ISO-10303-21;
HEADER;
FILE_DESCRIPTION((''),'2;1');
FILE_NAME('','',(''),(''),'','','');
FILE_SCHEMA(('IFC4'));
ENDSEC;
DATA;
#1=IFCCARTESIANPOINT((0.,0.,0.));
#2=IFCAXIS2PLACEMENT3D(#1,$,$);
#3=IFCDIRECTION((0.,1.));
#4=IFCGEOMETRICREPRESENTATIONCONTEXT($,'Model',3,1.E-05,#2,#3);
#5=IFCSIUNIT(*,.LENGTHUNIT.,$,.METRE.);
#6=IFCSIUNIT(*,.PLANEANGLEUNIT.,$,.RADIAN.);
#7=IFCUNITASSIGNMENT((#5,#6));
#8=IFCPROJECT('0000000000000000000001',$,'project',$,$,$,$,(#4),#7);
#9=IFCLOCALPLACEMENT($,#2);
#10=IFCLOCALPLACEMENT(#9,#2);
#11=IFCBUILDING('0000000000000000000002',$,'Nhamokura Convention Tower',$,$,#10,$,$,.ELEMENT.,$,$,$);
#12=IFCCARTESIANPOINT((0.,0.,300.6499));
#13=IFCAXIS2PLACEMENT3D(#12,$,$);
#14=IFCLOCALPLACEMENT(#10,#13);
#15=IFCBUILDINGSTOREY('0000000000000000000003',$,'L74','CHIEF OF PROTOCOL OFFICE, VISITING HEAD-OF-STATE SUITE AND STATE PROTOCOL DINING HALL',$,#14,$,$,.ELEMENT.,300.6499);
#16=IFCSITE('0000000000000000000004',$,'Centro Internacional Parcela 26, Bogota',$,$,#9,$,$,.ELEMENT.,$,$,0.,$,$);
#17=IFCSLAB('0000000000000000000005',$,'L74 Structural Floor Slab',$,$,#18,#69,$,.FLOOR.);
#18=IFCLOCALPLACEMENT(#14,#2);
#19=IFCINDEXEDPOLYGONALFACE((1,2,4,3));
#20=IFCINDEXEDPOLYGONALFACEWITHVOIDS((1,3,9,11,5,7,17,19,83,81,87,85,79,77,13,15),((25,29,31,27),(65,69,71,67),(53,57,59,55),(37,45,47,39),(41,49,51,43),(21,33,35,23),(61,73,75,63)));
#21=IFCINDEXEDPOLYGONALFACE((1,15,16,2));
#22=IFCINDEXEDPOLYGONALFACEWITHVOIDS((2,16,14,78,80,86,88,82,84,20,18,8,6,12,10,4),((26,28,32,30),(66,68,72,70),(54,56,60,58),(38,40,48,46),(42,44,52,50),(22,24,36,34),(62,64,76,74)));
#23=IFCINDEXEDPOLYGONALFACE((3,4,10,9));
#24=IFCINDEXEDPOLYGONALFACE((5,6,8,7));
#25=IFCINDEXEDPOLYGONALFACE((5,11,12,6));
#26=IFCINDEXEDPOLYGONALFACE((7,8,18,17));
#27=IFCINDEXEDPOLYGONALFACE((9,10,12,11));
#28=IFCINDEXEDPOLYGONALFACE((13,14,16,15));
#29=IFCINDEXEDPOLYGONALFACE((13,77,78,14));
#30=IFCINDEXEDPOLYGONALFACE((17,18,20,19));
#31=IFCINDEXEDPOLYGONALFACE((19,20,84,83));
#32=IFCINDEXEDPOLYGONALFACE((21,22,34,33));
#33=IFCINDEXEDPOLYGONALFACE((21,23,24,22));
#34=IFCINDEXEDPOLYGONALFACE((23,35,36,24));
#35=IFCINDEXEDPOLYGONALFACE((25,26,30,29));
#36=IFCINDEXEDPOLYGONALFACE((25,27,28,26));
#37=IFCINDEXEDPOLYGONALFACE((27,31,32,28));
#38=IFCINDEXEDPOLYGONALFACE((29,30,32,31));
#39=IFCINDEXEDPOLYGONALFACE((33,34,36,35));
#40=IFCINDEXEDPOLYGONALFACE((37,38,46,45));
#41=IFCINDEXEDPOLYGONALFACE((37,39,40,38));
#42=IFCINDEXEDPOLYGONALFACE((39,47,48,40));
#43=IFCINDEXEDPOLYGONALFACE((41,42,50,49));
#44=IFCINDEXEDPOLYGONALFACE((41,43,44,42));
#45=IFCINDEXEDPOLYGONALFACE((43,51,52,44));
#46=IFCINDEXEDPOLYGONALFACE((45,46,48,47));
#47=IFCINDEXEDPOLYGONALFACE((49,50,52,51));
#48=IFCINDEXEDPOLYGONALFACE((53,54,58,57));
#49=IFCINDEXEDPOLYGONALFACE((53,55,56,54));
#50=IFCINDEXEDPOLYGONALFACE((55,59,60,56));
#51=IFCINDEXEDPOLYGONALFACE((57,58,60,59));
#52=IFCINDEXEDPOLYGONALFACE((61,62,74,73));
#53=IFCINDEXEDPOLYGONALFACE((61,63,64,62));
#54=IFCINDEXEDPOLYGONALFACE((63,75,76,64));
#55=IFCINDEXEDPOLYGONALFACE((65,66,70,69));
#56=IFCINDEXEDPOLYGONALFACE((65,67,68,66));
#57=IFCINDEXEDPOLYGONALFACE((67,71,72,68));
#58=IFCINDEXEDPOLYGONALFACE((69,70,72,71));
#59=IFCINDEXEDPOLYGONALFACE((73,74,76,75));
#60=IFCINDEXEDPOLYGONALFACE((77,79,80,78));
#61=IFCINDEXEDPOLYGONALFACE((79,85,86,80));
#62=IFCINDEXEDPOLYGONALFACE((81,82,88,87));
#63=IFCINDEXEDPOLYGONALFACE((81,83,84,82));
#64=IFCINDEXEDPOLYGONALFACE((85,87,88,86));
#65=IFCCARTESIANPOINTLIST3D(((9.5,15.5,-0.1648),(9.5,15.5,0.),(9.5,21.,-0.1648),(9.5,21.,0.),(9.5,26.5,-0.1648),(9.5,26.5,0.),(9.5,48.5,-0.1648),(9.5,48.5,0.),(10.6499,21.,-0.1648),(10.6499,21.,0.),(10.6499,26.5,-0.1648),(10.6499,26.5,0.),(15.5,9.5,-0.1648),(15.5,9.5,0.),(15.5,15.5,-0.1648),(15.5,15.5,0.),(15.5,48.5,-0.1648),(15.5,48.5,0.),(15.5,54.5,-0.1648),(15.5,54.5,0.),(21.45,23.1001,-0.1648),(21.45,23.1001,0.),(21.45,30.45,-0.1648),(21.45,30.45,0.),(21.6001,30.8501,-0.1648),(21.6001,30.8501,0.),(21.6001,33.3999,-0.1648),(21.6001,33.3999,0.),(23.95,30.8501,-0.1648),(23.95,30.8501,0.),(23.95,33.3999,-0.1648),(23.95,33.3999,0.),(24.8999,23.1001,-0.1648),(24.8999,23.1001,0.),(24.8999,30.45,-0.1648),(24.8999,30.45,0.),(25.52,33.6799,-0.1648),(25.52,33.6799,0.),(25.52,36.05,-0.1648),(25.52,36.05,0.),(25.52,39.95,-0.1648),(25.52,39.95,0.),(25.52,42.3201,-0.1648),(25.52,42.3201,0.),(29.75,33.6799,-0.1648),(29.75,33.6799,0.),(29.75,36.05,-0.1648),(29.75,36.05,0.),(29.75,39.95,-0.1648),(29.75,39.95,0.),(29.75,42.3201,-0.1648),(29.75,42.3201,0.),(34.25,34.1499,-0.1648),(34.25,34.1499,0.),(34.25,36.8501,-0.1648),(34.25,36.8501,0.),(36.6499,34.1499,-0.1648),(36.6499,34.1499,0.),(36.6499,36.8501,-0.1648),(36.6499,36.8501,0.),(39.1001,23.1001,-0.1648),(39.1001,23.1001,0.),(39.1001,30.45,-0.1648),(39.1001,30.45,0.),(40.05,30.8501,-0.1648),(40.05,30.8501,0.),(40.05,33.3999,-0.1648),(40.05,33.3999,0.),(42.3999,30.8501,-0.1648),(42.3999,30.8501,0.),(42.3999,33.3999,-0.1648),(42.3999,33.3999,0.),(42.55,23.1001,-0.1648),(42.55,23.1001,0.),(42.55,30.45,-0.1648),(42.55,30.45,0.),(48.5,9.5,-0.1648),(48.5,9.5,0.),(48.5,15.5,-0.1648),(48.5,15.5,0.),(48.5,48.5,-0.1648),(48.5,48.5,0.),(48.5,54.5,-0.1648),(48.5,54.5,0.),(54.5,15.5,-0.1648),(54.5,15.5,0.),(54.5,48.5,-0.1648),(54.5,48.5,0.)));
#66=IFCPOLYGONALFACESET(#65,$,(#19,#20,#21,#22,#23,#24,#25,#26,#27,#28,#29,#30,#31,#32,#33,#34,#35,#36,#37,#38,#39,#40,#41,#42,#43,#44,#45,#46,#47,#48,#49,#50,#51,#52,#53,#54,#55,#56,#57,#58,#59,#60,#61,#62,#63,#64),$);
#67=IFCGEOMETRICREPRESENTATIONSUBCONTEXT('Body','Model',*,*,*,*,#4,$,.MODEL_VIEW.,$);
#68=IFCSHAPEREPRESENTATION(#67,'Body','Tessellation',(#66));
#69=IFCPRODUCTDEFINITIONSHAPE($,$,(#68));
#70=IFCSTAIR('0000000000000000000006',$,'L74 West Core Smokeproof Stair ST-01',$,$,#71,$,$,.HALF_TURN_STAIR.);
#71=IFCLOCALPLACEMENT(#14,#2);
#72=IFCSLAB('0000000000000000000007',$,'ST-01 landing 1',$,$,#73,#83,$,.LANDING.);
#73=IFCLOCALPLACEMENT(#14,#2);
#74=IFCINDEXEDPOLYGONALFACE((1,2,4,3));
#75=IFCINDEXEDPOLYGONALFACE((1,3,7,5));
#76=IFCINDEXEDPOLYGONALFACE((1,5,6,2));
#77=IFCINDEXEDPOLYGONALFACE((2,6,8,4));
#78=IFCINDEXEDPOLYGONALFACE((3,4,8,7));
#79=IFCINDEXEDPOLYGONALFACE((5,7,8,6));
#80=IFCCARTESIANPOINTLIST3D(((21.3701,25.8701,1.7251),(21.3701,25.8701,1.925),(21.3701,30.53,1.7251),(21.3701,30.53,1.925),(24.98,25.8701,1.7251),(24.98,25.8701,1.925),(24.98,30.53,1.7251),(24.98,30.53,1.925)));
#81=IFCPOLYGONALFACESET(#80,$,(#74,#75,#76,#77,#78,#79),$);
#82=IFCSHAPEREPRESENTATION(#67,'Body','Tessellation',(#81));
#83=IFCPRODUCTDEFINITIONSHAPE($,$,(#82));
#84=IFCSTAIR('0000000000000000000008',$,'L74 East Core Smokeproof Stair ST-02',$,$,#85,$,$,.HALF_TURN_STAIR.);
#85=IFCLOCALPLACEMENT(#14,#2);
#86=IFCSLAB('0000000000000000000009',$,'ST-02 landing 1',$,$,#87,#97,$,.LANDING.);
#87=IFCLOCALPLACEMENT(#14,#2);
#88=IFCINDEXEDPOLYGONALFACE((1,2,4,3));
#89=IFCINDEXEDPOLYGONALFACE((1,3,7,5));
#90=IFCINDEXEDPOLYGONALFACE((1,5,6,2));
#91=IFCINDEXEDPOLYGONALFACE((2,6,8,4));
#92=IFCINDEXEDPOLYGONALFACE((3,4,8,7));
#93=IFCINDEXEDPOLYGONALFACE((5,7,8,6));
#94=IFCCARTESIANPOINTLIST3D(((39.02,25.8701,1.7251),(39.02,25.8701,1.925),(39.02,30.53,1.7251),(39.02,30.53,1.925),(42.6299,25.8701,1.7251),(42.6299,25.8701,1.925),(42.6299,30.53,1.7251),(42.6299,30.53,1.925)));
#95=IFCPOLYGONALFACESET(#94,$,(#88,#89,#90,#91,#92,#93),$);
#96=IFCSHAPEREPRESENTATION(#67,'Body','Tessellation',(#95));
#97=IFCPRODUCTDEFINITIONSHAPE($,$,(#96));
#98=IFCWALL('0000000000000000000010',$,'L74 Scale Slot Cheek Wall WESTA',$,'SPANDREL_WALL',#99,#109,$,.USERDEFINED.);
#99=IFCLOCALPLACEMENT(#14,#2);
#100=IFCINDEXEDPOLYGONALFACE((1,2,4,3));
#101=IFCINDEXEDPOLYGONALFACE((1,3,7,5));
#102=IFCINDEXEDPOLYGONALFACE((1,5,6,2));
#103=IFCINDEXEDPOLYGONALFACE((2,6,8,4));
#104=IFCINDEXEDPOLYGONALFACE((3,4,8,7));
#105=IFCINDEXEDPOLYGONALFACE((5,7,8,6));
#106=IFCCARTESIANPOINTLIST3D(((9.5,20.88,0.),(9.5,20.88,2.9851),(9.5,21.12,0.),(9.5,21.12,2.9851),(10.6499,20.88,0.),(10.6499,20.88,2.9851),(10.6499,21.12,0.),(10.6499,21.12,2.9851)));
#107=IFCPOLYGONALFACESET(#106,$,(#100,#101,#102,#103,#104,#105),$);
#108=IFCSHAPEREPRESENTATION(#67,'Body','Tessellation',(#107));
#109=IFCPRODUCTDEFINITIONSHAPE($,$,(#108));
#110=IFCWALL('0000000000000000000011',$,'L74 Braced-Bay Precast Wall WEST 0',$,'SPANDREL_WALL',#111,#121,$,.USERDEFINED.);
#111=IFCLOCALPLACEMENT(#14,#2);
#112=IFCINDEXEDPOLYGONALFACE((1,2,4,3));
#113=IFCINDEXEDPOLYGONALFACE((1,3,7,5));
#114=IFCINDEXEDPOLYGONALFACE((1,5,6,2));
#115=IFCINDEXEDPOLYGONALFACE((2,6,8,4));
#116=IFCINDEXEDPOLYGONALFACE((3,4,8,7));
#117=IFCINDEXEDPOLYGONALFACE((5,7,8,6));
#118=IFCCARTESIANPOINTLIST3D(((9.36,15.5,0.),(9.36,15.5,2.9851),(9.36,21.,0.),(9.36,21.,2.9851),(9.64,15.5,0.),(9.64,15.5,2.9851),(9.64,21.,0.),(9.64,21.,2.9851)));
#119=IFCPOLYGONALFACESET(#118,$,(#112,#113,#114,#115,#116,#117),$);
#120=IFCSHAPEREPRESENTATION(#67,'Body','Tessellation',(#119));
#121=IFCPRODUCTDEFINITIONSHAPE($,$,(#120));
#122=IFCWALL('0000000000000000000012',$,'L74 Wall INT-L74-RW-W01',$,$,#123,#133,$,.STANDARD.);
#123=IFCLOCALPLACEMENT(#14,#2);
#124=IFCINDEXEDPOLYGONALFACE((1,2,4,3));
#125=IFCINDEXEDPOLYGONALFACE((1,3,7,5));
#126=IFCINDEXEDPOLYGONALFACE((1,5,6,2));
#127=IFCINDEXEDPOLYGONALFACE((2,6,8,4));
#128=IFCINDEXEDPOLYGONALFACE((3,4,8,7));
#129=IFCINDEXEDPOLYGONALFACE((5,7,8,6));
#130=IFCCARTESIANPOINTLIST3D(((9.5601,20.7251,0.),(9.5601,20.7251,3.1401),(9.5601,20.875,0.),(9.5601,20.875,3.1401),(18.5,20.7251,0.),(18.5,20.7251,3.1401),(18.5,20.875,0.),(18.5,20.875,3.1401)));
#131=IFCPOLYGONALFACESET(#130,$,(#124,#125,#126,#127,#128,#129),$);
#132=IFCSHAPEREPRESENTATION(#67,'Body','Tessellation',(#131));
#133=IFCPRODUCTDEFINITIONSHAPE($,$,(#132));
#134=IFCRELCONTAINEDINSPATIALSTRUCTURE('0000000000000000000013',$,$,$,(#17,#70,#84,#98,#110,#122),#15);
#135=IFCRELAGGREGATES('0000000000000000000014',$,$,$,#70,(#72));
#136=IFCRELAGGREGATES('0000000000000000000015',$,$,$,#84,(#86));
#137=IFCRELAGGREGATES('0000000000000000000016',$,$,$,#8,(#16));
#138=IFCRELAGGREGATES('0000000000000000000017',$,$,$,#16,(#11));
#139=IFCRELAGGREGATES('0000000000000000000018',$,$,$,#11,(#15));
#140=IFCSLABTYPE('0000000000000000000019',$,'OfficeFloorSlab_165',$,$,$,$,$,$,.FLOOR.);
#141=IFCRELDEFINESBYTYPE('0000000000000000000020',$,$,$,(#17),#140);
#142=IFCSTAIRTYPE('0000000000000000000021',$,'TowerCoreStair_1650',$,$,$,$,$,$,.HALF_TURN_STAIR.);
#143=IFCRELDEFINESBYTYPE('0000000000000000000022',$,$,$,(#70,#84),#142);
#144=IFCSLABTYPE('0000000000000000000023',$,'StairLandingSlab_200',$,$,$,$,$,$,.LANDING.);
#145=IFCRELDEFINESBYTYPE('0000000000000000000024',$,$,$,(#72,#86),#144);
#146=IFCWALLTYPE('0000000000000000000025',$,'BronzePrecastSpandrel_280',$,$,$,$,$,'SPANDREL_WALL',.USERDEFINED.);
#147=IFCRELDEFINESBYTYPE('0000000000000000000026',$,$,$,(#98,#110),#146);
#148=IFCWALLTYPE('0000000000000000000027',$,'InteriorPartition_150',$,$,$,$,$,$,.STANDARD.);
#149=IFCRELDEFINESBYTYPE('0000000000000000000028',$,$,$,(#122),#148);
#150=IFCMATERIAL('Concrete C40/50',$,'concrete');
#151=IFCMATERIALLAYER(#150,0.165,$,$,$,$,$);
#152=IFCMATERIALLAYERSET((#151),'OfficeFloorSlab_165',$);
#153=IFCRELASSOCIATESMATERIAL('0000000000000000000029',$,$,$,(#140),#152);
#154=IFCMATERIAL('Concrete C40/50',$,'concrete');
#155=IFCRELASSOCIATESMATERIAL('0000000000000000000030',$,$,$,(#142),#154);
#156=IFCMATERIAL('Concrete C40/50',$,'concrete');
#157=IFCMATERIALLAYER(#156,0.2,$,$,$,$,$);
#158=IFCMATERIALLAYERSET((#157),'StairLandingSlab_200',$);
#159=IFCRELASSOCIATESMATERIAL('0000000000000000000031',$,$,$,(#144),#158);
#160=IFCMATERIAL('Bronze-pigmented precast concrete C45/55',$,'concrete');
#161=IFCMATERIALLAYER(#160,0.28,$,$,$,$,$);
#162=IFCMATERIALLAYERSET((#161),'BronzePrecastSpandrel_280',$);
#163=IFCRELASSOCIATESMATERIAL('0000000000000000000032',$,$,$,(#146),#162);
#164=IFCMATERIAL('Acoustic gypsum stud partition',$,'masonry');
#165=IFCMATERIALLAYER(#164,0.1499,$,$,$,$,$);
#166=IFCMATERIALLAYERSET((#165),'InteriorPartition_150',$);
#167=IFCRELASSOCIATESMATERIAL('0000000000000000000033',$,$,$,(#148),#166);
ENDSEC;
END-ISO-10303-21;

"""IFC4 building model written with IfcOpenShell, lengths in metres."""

from ifc_helpers import new_model, si_unit, direction, frame, frame_2d, origin, place, context, subcontext, project, spatial, polyline, rectangle, outline, extrude, material, layer, layer_set, type_object, element, aggregate, save


model = new_model("IFC4")

# Units and contexts
model_context = context("Model", 3, precision=1e-05, world=origin(), true_north=direction((0.0, 1.0)))
body_context = subcontext(model_context, "Body", "Model", "MODEL_VIEW")
ifc_project = project(units=[si_unit("LENGTHUNIT", "METRE"), si_unit("PLANEANGLEUNIT", "RADIAN")], contexts=[model_context])

# Site, building, storey
site_placement = place(None, origin())
site = spatial("IfcSite", under=ifc_project, at=site_placement, Name="Centro Internacional Parcela 26, Bogota", CompositionType="ELEMENT", RefElevation=0.0)
building_placement = place(site_placement, origin())
building = spatial("IfcBuilding", under=site, at=building_placement, Name="Nhamokura Convention Tower", CompositionType="ELEMENT")
storey_placement = place(building_placement, frame((0.0, 0.0, 300.6499)))
storey = spatial("IfcBuildingStorey", under=building, at=storey_placement, Name="L74", Description="CHIEF OF PROTOCOL OFFICE, VISITING HEAD-OF-STATE SUITE AND STATE PROTOCOL DINING HALL", CompositionType="ELEMENT", Elevation=300.6499)

# Slab
ifc_material_1 = material(Name="Concrete C40/50", Category="concrete")
ifc_layer_1 = layer(ifc_material_1, 0.165)
ifc_layer_set_1 = layer_set([ifc_layer_1], Name="OfficeFloorSlab_165")
slab_type_1 = type_object("IfcSlabType", Name="OfficeFloorSlab_165", PredefinedType="FLOOR", material=ifc_layer_set_1)
slab_1_placement = place(storey_placement, frame((0.0, 0.0, -0.1648)))
element("IfcSlab", 1, at=slab_1_placement, inside=storey, type_object=slab_type_1, Name="L74 Structural Floor Slab", PredefinedType="FLOOR", context=body_context, shape_type="SweptSolid", body=[
    extrude(outline(polyline([(15.5, 9.5), (48.5, 9.5), (48.5, 15.5), (54.5, 15.5), (54.5, 48.5), (48.5, 48.5), (48.5, 54.5), (15.5, 54.5), (15.5, 48.5), (9.5, 48.5), (9.5, 26.5), (10.6499, 26.5), (10.6499, 21.0), (9.5, 21.0), (9.5, 15.5), (15.5, 15.5), (15.5, 9.5)]), holes=[polyline([(24.8999, 23.1001), (24.8999, 30.45), (21.45, 30.45), (21.45, 23.1001), (24.8999, 23.1001)]), polyline([(42.55, 23.1001), (42.55, 30.45), (39.1001, 30.45), (39.1001, 23.1001), (42.55, 23.1001)]), polyline([(21.6001, 30.8501), (23.95, 30.8501), (23.95, 33.3999), (21.6001, 33.3999), (21.6001, 30.8501)]), polyline([(40.05, 30.8501), (42.3999, 30.8501), (42.3999, 33.3999), (40.05, 33.3999), (40.05, 30.8501)]), polyline([(34.25, 34.1499), (36.6499, 34.1499), (36.6499, 36.8501), (34.25, 36.8501), (34.25, 34.1499)]), polyline([(25.52, 33.6799), (29.75, 33.6799), (29.75, 36.05), (25.52, 36.05), (25.52, 33.6799)]), polyline([(25.52, 39.95), (29.75, 39.95), (29.75, 42.3201), (25.52, 42.3201), (25.52, 39.95)])]), origin(), (0.0, 0.0, 1.0), 0.1648),
])

# Stairs, slabs
ifc_material_2 = material(Name="Concrete C40/50", Category="concrete")
stair_type = type_object("IfcStairType", Name="TowerCoreStair_1650", PredefinedType="HALF_TURN_STAIR", material=ifc_material_2)
stair_1_placement = place(storey_placement, origin())
stair_1 = element("IfcStair", 2, at=stair_1_placement, inside=storey, type_object=stair_type, Name="L74 West Core Smokeproof Stair ST-01", PredefinedType="HALF_TURN_STAIR")
ifc_material_3 = material(Name="Concrete C40/50", Category="concrete")
ifc_layer_2 = layer(ifc_material_3, 0.2)
ifc_layer_set_2 = layer_set([ifc_layer_2], Name="StairLandingSlab_200")
slab_type_2 = type_object("IfcSlabType", Name="StairLandingSlab_200", PredefinedType="LANDING", material=ifc_layer_set_2)
slab_2_placement = place(storey_placement, frame((0.0, 0.0, 1.7251)))
slab_2 = element("IfcSlab", 3, at=slab_2_placement, type_object=slab_type_2, Name="ST-01 landing 1", PredefinedType="LANDING", context=body_context, shape_type="SweptSolid", body=[
    extrude(outline(polyline([(24.98, 25.8701), (24.98, 30.53), (21.3701, 30.53), (21.3701, 25.8701), (24.98, 25.8701)])), origin(), (0.0, 0.0, 1.0), 0.2),
])
aggregate(stair_1, [slab_2])
stair_2_placement = place(storey_placement, origin())
stair_2 = element("IfcStair", 4, at=stair_2_placement, inside=storey, type_object=stair_type, Name="L74 East Core Smokeproof Stair ST-02", PredefinedType="HALF_TURN_STAIR")
slab_3_placement = place(storey_placement, frame((0.0, 0.0, 1.7251)))
slab_3 = element("IfcSlab", 5, at=slab_3_placement, type_object=slab_type_2, Name="ST-02 landing 1", PredefinedType="LANDING", context=body_context, shape_type="SweptSolid", body=[
    extrude(outline(polyline([(42.6299, 25.8701), (42.6299, 30.53), (39.02, 30.53), (39.02, 25.8701), (42.6299, 25.8701)])), origin(), (0.0, 0.0, 1.0), 0.2),
])
aggregate(stair_2, [slab_3])

# Walls
ifc_material_4 = material(Name="Bronze-pigmented precast concrete C45/55", Category="concrete")
ifc_layer_3 = layer(ifc_material_4, 0.28)
ifc_layer_set_3 = layer_set([ifc_layer_3], Name="BronzePrecastSpandrel_280")
wall_type_1 = type_object("IfcWallType", Name="BronzePrecastSpandrel_280", ElementType="SPANDREL_WALL", PredefinedType="USERDEFINED", material=ifc_layer_set_3)
wall_1_placement = place(storey_placement, frame((9.5, 21.0, 0.0), z_axis=(0.0, 0.0, 1.0), x_axis=(1.0, 0.0, 0.0)))
element("IfcWall", 6, at=wall_1_placement, inside=storey, type_object=wall_type_1, Name="L74 Scale Slot Cheek Wall WESTA", ObjectType="SPANDREL_WALL", PredefinedType="USERDEFINED", context=body_context, shape_type="SweptSolid", body=[
    extrude(rectangle(XDim=1.1499, YDim=0.24, at=frame_2d((0.575, 0.0))), origin(), (0.0, 0.0, 1.0), 2.9851),
])
wall_2_placement = place(storey_placement, frame((9.5, 15.5, 0.0), z_axis=(0.0, 0.0, 1.0), x_axis=(0.0, 1.0, 0.0)))
element("IfcWall", 7, at=wall_2_placement, inside=storey, type_object=wall_type_1, Name="L74 Braced-Bay Precast Wall WEST 0", ObjectType="SPANDREL_WALL", PredefinedType="USERDEFINED", context=body_context, shape_type="SweptSolid", body=[
    extrude(rectangle(XDim=5.5, YDim=0.28, at=frame_2d((2.75, 0.0))), origin(), (0.0, 0.0, 1.0), 2.9851),
])
ifc_material_5 = material(Name="Acoustic gypsum stud partition", Category="masonry")
ifc_layer_4 = layer(ifc_material_5, 0.1499)
ifc_layer_set_4 = layer_set([ifc_layer_4], Name="InteriorPartition_150")
wall_type_2 = type_object("IfcWallType", Name="InteriorPartition_150", PredefinedType="STANDARD", material=ifc_layer_set_4)
wall_3_placement = place(storey_placement, frame((9.5601, 20.8, 0.0), z_axis=(0.0, 0.0, 1.0), x_axis=(1.0, 0.0, 0.0)))
element("IfcWall", 8, at=wall_3_placement, inside=storey, type_object=wall_type_2, Name="L74 Wall INT-L74-RW-W01", PredefinedType="STANDARD", context=body_context, shape_type="SweptSolid", body=[
    extrude(rectangle(XDim=8.9399, YDim=0.1499, at=frame_2d((4.47, 0.0))), origin(), (0.0, 0.0, 1.0), 3.1401),
])

save(model, "model.ifc")
